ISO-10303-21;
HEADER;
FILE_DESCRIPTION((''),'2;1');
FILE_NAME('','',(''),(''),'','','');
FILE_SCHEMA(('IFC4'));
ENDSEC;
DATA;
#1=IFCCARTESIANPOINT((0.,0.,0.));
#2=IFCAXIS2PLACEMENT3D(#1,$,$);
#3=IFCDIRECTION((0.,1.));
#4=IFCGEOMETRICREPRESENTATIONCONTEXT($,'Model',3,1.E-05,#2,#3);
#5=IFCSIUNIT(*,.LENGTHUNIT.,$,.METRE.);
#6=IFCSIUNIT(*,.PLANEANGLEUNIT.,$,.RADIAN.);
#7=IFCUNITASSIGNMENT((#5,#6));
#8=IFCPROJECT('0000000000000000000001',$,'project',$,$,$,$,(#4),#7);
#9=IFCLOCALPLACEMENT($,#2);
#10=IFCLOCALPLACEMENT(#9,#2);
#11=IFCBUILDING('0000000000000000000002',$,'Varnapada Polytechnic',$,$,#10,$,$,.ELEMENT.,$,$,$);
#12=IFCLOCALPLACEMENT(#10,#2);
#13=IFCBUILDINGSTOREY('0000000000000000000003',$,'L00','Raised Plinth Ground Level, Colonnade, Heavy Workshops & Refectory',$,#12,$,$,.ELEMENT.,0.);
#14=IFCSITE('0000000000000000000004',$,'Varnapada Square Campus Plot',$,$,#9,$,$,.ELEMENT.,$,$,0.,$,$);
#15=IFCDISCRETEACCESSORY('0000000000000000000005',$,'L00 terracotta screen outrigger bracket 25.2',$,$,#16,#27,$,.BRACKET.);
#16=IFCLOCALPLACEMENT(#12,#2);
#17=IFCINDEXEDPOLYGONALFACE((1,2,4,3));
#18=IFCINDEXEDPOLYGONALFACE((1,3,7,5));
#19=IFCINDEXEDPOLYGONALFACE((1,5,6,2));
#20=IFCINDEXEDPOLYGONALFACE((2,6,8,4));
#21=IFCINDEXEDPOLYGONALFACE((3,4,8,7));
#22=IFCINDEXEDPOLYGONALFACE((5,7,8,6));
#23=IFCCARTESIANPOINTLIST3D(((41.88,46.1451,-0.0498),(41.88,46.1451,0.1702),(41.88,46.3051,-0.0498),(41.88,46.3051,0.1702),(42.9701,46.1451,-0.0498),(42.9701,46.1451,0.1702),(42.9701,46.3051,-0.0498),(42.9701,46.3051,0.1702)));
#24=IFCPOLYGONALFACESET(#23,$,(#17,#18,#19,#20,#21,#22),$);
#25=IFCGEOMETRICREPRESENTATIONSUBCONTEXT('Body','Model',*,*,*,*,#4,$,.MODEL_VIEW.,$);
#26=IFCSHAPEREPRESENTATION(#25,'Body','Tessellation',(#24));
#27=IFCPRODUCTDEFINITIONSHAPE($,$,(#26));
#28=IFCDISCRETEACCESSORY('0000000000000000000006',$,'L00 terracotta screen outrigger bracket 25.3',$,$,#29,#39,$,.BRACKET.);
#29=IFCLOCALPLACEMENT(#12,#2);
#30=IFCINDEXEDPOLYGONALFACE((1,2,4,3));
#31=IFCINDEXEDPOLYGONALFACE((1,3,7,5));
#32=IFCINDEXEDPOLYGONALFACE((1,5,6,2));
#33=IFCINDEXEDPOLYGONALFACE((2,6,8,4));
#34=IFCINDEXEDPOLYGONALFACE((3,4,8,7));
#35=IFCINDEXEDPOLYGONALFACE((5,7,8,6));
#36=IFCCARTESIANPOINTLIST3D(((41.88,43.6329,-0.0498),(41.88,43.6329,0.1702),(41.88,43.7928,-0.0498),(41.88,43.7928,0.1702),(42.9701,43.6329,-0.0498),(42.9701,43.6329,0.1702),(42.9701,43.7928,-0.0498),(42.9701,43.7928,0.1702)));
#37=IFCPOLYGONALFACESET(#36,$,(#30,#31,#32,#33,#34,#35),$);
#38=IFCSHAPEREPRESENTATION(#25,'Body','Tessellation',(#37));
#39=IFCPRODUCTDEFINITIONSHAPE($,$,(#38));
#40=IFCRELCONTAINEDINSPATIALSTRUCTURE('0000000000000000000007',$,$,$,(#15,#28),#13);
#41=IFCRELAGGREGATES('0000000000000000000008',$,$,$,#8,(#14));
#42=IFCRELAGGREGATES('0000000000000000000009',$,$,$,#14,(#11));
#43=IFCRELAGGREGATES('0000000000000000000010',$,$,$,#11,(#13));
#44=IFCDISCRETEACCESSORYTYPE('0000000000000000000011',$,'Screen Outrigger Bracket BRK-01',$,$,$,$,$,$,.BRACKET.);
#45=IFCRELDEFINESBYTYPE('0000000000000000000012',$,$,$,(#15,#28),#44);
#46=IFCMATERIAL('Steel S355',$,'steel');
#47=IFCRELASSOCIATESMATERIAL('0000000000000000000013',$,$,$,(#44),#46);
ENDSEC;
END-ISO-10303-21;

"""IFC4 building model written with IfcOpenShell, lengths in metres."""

from ifc_helpers import new_model, si_unit, direction, frame, origin, origin_2d, place, context, subcontext, project, spatial, rectangle, extrude, material, type_object, element, save


model = new_model("IFC4")

# Units and contexts
model_context = context("Model", 3, precision=1e-05, world=origin(), true_north=direction((0.0, 1.0)))
body_context = subcontext(model_context, "Body", "Model", "MODEL_VIEW")
ifc_project = project(units=[si_unit("LENGTHUNIT", "METRE"), si_unit("PLANEANGLEUNIT", "RADIAN")], contexts=[model_context])

# Site, building, storey
site_placement = place(None, origin())
site = spatial("IfcSite", under=ifc_project, at=site_placement, Name="Varnapada Square Campus Plot", CompositionType="ELEMENT", RefElevation=0.0)
building_placement = place(site_placement, origin())
building = spatial("IfcBuilding", under=site, at=building_placement, Name="Varnapada Polytechnic", CompositionType="ELEMENT")
storey_placement = place(building_placement, origin())
storey = spatial("IfcBuildingStorey", under=building, at=storey_placement, Name="L00", Description="Raised Plinth Ground Level, Colonnade, Heavy Workshops & Refectory", CompositionType="ELEMENT", Elevation=0.0)

# Discrete accessories
ifc_material_1 = material(Name="Steel S355", Category="steel")
discrete_accessory_type = type_object("IfcDiscreteAccessoryType", Name="Screen Outrigger Bracket BRK-01", PredefinedType="BRACKET", material=ifc_material_1)
for number, where, z_axis, x_axis, name in (
    (1, (42.425, 46.2251, -0.0498), (0.0, 0.0, 1.0), (0.0, -1.0, 0.0), "L00 terracotta screen outrigger bracket 25.2"),
    (2, (42.425, 43.7129, -0.0498), (0.0, 0.0, 1.0), (0.0, -1.0, 0.0), "L00 terracotta screen outrigger bracket 25.3"),
):
    element("IfcDiscreteAccessory", number, at=place(storey_placement, frame(where, z_axis=z_axis, x_axis=x_axis)), inside=storey, type_object=discrete_accessory_type, Name=name, PredefinedType="BRACKET", context=body_context, shape_type="SweptSolid", body=[
        extrude(rectangle(XDim=0.1599, YDim=1.0901, at=origin_2d()), origin(), (0.0, 0.0, 1.0), 0.22),
    ])

save(model, "model.ifc")
